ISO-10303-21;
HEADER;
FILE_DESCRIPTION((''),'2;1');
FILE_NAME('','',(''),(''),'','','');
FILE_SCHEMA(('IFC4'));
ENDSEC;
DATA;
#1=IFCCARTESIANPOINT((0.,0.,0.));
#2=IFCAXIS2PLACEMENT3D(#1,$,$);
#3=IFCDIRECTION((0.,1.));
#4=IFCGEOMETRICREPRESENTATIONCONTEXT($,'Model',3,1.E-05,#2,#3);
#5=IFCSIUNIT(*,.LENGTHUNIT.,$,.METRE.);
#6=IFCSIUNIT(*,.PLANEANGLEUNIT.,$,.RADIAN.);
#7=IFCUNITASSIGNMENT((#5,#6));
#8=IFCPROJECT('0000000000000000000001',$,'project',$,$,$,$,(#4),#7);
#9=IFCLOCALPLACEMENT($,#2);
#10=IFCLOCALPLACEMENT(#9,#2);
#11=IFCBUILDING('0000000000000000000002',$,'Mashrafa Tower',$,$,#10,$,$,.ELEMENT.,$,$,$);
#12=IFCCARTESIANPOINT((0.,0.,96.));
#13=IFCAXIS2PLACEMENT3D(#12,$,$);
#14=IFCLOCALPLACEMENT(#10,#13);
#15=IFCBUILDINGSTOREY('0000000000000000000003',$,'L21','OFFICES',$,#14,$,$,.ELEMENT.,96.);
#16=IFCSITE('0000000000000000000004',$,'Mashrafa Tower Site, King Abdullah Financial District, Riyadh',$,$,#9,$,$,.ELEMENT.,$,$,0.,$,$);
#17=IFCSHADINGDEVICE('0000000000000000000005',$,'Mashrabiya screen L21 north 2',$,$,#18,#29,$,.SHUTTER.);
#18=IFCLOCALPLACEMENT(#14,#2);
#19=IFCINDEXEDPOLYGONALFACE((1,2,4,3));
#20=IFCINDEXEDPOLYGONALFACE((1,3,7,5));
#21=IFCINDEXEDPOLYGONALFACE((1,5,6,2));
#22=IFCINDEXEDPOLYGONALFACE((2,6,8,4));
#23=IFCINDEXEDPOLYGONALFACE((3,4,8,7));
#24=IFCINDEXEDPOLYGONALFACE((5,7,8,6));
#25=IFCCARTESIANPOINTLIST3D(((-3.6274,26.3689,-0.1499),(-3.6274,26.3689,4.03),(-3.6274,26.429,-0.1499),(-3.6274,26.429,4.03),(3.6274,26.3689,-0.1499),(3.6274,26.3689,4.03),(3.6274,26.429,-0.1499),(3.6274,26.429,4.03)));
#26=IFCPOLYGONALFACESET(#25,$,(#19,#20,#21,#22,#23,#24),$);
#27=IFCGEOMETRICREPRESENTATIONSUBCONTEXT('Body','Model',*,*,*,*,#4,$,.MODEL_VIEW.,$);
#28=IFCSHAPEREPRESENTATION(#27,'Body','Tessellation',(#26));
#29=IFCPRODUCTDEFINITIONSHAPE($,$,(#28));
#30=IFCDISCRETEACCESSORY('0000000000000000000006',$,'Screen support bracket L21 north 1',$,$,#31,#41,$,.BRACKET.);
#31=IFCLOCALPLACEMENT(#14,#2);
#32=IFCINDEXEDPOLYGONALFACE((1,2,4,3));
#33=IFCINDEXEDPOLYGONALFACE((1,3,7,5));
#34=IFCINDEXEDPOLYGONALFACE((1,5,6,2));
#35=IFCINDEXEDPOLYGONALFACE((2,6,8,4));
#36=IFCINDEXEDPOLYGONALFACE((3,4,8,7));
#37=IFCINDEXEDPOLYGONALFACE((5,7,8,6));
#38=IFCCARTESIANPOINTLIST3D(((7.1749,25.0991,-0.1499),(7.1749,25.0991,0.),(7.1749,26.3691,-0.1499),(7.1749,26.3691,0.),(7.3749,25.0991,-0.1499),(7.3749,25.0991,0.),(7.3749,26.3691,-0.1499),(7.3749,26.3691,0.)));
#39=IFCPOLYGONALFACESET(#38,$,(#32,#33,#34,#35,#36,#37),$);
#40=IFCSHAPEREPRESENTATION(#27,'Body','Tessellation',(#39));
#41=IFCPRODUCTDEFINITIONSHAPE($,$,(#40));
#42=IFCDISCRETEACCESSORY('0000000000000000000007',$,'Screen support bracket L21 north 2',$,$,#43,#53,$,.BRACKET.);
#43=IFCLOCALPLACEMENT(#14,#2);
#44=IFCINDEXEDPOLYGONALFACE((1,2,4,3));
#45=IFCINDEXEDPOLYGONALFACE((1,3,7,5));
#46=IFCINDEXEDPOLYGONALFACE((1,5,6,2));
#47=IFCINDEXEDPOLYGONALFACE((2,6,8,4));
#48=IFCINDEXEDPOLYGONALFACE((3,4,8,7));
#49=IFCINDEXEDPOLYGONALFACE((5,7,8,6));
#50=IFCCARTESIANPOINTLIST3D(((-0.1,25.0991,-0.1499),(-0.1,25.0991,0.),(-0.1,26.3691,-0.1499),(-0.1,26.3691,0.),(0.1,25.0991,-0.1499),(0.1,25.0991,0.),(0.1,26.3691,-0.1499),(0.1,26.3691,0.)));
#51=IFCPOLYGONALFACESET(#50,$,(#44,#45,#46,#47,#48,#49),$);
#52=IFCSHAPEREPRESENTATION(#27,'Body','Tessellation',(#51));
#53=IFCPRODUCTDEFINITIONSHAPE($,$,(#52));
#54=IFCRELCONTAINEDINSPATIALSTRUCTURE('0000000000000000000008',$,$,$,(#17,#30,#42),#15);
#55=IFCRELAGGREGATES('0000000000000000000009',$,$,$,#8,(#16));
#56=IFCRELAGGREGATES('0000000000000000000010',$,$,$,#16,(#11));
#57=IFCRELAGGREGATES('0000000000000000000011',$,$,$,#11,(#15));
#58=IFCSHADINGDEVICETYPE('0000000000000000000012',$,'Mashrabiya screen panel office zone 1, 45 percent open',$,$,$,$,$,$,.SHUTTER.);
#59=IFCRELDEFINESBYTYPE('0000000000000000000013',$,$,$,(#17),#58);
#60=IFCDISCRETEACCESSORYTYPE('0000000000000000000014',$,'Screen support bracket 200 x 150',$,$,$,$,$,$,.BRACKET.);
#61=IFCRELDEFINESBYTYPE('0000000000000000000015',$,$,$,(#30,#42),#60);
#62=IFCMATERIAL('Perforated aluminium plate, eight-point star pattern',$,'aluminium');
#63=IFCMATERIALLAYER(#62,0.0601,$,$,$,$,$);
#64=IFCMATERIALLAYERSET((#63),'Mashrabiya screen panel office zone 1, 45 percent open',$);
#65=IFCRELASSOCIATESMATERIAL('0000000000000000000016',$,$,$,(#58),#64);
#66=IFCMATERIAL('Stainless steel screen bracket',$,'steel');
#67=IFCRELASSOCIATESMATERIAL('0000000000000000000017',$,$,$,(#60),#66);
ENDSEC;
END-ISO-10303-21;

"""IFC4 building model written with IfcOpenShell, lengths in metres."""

from ifc_helpers import new_model, si_unit, direction, frame, origin, origin_2d, place, context, subcontext, project, spatial, rectangle, extrude, source, transform, mapped, material, layer, layer_set, type_object, type_shapes, element, save


model = new_model("IFC4")

# Units and contexts
model_context = context("Model", 3, precision=1e-05, world=origin(), true_north=direction((0.0, 1.0)))
body_context = subcontext(model_context, "Body", "Model", "MODEL_VIEW")
ifc_project = project(units=[si_unit("LENGTHUNIT", "METRE"), si_unit("PLANEANGLEUNIT", "RADIAN")], contexts=[model_context])

# Site, building, storey
site_placement = place(None, origin())
site = spatial("IfcSite", under=ifc_project, at=site_placement, Name="Mashrafa Tower Site, King Abdullah Financial District, Riyadh", CompositionType="ELEMENT", RefElevation=0.0)
building_placement = place(site_placement, origin())
building = spatial("IfcBuilding", under=site, at=building_placement, Name="Mashrafa Tower", CompositionType="ELEMENT")
storey_placement = place(building_placement, frame((0.0, 0.0, 96.0)))
storey = spatial("IfcBuildingStorey", under=building, at=storey_placement, Name="L21", Description="OFFICES", CompositionType="ELEMENT", Elevation=96.0)

# Shading device
ifc_material_1 = material(Name="Perforated aluminium plate, eight-point star pattern", Category="aluminium")
ifc_layer_1 = layer(ifc_material_1, 0.0601)
ifc_layer_set_1 = layer_set([ifc_layer_1], Name="Mashrabiya screen panel office zone 1, 45 percent open")
shading_device_type = type_object("IfcShadingDeviceType", Name="Mashrabiya screen panel office zone 1, 45 percent open", PredefinedType="SHUTTER", material=ifc_layer_set_1)
shared_shape_1 = source(origin(), body_context, "Body", "SweptSolid", [
    extrude(rectangle(XDim=7.2549, YDim=0.0601, at=origin_2d()), origin(), (0.0, 0.0, 1.0), 4.1799),
])
type_shapes(shading_device_type, [shared_shape_1])
for number, where, z_axis, x_axis, name in (
    (1, (0.0, 26.3989, -0.1499), (0.0, 0.0, 1.0), (-1.0, 0.0, 0.0), "Mashrabiya screen L21 north 2"),
):
    element("IfcShadingDevice", number, at=place(storey_placement, frame(where, z_axis=z_axis, x_axis=x_axis)), inside=storey, type_object=shading_device_type, Name=name, PredefinedType="SHUTTER", context=body_context, shape_type="MappedRepresentation", body=[
        mapped(shared_shape_1, transform((0.0, 0.0, 0.0))),
    ])

# Discrete accessories
ifc_material_2 = material(Name="Stainless steel screen bracket", Category="steel")
discrete_accessory_type = type_object("IfcDiscreteAccessoryType", Name="Screen support bracket 200 x 150", PredefinedType="BRACKET", material=ifc_material_2)
shared_shape_2 = source(origin(), body_context, "Body", "SweptSolid", [
    extrude(rectangle(XDim=0.2, YDim=1.27, at=origin_2d()), origin(), (0.0, 0.0, 1.0), 0.1499),
])
type_shapes(discrete_accessory_type, [shared_shape_2])
for number, where, z_axis, x_axis, name in (
    (2, (7.2749, 25.7341, -0.1499), (0.0, 0.0, 1.0), (-1.0, 0.0, 0.0), "Screen support bracket L21 north 1"),
    (3, (0.0, 25.7341, -0.1499), (0.0, 0.0, 1.0), (-1.0, 0.0, 0.0), "Screen support bracket L21 north 2"),
):
    element("IfcDiscreteAccessory", number, at=place(storey_placement, frame(where, z_axis=z_axis, x_axis=x_axis)), inside=storey, type_object=discrete_accessory_type, Name=name, PredefinedType="BRACKET", context=body_context, shape_type="MappedRepresentation", body=[
        mapped(shared_shape_2, transform((0.0, 0.0, 0.0))),
    ])

save(model, "model.ifc")
